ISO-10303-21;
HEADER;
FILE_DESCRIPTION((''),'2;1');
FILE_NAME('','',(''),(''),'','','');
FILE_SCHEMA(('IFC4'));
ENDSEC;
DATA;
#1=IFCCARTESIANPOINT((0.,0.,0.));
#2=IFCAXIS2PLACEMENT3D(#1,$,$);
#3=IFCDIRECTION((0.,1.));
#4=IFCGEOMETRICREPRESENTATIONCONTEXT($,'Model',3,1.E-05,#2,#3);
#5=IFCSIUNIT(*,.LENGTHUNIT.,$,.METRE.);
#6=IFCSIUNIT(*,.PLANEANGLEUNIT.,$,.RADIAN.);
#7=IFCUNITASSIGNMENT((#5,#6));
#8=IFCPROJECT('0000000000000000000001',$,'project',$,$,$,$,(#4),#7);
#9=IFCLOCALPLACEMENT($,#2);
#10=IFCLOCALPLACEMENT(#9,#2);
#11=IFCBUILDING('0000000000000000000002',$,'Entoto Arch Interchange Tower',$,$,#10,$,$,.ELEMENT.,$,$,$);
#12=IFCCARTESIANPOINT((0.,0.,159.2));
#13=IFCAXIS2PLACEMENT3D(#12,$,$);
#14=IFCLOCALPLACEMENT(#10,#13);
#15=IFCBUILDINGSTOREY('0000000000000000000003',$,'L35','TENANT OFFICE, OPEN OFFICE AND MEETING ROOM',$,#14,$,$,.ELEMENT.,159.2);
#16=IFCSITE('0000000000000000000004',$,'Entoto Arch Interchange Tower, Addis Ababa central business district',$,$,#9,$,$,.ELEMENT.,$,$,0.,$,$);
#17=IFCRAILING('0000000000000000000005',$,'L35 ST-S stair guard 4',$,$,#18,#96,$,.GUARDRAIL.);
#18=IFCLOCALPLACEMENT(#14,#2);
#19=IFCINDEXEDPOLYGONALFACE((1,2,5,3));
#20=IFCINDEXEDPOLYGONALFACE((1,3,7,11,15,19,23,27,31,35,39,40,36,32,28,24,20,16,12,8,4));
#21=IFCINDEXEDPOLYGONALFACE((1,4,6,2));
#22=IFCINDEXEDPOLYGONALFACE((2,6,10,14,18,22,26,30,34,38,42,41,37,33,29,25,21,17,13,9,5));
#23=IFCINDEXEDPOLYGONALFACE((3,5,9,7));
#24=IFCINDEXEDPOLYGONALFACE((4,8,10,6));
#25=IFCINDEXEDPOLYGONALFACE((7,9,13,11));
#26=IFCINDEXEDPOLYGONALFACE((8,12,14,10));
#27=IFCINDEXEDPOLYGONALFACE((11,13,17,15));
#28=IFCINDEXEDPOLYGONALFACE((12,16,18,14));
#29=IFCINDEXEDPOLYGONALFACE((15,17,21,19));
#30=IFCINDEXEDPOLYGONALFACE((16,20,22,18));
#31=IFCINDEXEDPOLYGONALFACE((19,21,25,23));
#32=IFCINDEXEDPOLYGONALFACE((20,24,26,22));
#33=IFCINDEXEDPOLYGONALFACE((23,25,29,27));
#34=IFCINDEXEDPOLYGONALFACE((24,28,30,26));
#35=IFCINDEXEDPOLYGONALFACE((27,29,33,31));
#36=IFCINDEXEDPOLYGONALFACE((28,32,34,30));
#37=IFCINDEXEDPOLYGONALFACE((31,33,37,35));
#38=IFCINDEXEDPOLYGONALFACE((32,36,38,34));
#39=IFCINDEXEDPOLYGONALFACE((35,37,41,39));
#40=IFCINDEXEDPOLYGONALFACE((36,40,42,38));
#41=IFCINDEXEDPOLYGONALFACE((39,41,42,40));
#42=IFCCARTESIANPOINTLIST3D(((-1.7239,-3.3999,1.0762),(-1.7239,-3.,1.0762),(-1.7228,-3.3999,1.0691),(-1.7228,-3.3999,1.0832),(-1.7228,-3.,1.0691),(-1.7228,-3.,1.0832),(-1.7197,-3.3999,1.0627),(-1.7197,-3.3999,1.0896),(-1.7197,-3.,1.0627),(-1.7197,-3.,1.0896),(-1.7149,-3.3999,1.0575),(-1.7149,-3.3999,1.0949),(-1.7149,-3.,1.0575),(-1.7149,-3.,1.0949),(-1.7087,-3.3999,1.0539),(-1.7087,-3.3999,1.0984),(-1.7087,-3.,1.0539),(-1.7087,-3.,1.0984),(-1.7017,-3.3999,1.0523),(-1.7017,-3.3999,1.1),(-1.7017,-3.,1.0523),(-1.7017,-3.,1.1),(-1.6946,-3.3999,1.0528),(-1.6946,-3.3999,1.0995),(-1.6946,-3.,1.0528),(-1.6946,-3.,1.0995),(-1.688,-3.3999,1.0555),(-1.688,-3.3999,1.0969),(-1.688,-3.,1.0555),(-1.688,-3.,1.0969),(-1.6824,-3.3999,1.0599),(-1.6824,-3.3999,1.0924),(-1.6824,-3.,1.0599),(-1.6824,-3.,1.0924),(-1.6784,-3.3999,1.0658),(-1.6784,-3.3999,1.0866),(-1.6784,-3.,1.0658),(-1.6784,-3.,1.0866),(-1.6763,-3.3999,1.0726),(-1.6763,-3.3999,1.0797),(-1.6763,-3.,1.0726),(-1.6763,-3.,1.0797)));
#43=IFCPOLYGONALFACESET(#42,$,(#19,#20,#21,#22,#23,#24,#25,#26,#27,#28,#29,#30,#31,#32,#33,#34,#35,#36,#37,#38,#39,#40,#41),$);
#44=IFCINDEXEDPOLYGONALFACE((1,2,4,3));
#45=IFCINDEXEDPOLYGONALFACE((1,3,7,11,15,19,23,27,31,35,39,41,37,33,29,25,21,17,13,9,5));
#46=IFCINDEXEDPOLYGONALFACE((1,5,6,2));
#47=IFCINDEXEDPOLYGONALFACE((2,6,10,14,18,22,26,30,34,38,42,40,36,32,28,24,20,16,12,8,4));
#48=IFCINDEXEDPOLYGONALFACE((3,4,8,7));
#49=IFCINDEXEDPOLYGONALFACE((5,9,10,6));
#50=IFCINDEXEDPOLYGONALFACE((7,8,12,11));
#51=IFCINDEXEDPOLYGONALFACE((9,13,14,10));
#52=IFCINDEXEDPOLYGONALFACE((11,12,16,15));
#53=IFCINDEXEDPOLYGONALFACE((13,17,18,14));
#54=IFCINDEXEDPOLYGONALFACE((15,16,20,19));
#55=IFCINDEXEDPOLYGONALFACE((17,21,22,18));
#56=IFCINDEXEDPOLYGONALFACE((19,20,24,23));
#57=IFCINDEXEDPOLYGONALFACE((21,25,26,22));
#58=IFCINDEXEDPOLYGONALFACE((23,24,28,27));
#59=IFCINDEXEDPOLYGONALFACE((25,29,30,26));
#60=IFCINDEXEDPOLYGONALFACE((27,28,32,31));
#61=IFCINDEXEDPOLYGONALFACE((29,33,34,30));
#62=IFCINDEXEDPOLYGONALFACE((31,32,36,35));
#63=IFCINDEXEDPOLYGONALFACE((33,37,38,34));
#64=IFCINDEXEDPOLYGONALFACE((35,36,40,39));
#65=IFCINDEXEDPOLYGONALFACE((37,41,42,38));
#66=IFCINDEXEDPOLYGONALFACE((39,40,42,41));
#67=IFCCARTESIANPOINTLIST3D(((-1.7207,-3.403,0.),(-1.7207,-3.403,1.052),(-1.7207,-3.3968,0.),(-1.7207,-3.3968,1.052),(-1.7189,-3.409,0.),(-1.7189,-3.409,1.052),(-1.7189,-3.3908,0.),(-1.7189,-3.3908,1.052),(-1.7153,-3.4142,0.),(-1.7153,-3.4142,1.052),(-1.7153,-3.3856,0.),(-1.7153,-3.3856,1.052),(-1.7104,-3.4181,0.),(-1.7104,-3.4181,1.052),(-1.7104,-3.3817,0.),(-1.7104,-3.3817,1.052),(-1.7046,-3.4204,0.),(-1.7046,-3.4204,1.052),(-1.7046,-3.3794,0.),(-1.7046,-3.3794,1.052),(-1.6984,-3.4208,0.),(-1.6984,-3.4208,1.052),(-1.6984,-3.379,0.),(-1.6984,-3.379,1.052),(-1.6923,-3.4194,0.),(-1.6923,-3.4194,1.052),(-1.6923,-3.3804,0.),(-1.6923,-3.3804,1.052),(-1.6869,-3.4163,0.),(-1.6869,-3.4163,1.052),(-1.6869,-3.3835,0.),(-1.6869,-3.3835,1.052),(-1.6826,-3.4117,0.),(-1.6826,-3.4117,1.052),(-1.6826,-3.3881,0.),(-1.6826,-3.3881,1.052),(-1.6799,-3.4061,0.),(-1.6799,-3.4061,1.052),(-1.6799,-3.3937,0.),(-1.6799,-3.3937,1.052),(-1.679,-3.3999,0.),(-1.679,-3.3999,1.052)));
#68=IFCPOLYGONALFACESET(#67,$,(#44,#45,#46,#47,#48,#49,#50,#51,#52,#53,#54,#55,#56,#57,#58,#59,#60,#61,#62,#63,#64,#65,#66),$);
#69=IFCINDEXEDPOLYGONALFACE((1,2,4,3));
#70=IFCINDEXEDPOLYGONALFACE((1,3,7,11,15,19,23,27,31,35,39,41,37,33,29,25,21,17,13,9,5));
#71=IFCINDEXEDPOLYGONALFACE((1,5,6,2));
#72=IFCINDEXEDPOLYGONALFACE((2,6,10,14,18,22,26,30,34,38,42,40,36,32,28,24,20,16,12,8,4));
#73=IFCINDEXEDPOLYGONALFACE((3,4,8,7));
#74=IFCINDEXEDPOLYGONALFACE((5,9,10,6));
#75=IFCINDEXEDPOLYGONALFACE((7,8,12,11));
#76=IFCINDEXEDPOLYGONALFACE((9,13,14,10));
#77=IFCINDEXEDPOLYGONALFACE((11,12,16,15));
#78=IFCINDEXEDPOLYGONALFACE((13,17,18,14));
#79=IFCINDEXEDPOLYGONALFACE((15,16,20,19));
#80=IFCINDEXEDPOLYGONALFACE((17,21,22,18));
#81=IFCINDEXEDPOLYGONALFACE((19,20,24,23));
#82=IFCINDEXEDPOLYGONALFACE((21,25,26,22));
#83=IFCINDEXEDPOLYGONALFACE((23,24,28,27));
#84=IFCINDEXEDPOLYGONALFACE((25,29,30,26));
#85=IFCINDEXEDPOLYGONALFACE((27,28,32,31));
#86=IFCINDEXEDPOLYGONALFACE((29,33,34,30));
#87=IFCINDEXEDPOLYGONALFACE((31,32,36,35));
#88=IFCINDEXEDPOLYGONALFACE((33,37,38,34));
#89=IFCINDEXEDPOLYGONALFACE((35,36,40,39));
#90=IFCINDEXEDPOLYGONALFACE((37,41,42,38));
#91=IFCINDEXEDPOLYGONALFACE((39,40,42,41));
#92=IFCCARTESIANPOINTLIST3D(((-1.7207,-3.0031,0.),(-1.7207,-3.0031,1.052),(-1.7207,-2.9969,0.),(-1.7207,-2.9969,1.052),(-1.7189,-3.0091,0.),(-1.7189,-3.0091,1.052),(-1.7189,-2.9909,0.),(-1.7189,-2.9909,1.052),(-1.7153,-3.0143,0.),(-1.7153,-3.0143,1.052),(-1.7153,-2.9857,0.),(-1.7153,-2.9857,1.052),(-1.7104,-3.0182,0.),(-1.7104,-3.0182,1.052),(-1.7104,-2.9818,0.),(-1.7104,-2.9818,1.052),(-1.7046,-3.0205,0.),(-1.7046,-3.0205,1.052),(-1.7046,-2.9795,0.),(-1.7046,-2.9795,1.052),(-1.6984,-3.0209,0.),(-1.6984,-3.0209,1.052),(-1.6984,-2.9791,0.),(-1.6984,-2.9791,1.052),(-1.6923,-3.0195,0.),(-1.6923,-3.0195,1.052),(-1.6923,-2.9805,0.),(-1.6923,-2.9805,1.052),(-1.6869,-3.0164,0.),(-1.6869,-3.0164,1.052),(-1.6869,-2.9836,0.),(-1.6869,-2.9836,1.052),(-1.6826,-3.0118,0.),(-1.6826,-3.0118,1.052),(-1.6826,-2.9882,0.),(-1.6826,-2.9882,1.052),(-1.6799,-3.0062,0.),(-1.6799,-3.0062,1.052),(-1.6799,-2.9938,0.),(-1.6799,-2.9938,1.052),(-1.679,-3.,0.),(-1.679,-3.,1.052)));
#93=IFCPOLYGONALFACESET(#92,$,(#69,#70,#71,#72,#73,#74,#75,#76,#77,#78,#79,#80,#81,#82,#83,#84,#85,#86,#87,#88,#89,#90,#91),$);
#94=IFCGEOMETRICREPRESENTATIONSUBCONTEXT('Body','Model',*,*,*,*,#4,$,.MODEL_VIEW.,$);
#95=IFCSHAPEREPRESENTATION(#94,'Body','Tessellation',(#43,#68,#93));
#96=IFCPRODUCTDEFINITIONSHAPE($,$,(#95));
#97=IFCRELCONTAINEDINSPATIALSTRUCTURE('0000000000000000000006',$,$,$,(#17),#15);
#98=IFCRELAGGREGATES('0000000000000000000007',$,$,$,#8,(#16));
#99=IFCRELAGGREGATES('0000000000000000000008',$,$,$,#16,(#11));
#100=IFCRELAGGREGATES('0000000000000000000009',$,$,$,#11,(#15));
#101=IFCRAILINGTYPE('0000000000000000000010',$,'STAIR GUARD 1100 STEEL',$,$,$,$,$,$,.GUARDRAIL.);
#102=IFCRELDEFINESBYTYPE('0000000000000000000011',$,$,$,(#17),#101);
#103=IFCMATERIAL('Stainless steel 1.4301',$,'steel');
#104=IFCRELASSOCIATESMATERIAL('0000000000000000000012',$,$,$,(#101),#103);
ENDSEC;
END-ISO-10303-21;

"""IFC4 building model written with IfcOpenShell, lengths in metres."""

from ifc_helpers import new_model, si_unit, direction, frame, origin, origin_2d, place, context, subcontext, project, spatial, circle, extrude, material, type_object, element, save


model = new_model("IFC4")

# Units and contexts
model_context = context("Model", 3, precision=1e-05, world=origin(), true_north=direction((0.0, 1.0)))
body_context = subcontext(model_context, "Body", "Model", "MODEL_VIEW")
ifc_project = project(units=[si_unit("LENGTHUNIT", "METRE"), si_unit("PLANEANGLEUNIT", "RADIAN")], contexts=[model_context])

# Site, building, storey
site_placement = place(None, origin())
site = spatial("IfcSite", under=ifc_project, at=site_placement, Name="Entoto Arch Interchange Tower, Addis Ababa central business district", CompositionType="ELEMENT", RefElevation=0.0)
building_placement = place(site_placement, origin())
building = spatial("IfcBuilding", under=site, at=building_placement, Name="Entoto Arch Interchange Tower", CompositionType="ELEMENT")
storey_placement = place(building_placement, frame((0.0, 0.0, 159.2)))
storey = spatial("IfcBuildingStorey", under=building, at=storey_placement, Name="L35", Description="TENANT OFFICE, OPEN OFFICE AND MEETING ROOM", CompositionType="ELEMENT", Elevation=159.2)

# Railing
ifc_material_1 = material(Name="Stainless steel 1.4301", Category="steel")
railing_type_1 = type_object("IfcRailingType", Name="STAIR GUARD 1100 STEEL", PredefinedType="GUARDRAIL", material=ifc_material_1)
railing_1_placement = place(storey_placement, frame((-1.7, -3.3999, 0.0)))
element("IfcRailing", 1, at=railing_1_placement, inside=storey, type_object=railing_type_1, Name="L35 ST-S stair guard 4", PredefinedType="GUARDRAIL", context=body_context, shape_type="SweptSolid", body=[
    extrude(circle(Radius=0.0239, at=origin_2d()), frame((0.0, 0.0, 1.0762), z_axis=(0.0, 1.0, 0.0), x_axis=(-1.0, 0.0, 0.0)), (0.0, 0.0, 1.0), 0.3999),
    extrude(circle(Radius=0.021, at=origin_2d()), origin(), (0.0, 0.0, 1.0), 1.052),
    extrude(circle(Radius=0.021, at=origin_2d()), frame((0.0, 0.3999, 0.0)), (0.0, 0.0, 1.0), 1.052),
])

save(model, "model.ifc")
